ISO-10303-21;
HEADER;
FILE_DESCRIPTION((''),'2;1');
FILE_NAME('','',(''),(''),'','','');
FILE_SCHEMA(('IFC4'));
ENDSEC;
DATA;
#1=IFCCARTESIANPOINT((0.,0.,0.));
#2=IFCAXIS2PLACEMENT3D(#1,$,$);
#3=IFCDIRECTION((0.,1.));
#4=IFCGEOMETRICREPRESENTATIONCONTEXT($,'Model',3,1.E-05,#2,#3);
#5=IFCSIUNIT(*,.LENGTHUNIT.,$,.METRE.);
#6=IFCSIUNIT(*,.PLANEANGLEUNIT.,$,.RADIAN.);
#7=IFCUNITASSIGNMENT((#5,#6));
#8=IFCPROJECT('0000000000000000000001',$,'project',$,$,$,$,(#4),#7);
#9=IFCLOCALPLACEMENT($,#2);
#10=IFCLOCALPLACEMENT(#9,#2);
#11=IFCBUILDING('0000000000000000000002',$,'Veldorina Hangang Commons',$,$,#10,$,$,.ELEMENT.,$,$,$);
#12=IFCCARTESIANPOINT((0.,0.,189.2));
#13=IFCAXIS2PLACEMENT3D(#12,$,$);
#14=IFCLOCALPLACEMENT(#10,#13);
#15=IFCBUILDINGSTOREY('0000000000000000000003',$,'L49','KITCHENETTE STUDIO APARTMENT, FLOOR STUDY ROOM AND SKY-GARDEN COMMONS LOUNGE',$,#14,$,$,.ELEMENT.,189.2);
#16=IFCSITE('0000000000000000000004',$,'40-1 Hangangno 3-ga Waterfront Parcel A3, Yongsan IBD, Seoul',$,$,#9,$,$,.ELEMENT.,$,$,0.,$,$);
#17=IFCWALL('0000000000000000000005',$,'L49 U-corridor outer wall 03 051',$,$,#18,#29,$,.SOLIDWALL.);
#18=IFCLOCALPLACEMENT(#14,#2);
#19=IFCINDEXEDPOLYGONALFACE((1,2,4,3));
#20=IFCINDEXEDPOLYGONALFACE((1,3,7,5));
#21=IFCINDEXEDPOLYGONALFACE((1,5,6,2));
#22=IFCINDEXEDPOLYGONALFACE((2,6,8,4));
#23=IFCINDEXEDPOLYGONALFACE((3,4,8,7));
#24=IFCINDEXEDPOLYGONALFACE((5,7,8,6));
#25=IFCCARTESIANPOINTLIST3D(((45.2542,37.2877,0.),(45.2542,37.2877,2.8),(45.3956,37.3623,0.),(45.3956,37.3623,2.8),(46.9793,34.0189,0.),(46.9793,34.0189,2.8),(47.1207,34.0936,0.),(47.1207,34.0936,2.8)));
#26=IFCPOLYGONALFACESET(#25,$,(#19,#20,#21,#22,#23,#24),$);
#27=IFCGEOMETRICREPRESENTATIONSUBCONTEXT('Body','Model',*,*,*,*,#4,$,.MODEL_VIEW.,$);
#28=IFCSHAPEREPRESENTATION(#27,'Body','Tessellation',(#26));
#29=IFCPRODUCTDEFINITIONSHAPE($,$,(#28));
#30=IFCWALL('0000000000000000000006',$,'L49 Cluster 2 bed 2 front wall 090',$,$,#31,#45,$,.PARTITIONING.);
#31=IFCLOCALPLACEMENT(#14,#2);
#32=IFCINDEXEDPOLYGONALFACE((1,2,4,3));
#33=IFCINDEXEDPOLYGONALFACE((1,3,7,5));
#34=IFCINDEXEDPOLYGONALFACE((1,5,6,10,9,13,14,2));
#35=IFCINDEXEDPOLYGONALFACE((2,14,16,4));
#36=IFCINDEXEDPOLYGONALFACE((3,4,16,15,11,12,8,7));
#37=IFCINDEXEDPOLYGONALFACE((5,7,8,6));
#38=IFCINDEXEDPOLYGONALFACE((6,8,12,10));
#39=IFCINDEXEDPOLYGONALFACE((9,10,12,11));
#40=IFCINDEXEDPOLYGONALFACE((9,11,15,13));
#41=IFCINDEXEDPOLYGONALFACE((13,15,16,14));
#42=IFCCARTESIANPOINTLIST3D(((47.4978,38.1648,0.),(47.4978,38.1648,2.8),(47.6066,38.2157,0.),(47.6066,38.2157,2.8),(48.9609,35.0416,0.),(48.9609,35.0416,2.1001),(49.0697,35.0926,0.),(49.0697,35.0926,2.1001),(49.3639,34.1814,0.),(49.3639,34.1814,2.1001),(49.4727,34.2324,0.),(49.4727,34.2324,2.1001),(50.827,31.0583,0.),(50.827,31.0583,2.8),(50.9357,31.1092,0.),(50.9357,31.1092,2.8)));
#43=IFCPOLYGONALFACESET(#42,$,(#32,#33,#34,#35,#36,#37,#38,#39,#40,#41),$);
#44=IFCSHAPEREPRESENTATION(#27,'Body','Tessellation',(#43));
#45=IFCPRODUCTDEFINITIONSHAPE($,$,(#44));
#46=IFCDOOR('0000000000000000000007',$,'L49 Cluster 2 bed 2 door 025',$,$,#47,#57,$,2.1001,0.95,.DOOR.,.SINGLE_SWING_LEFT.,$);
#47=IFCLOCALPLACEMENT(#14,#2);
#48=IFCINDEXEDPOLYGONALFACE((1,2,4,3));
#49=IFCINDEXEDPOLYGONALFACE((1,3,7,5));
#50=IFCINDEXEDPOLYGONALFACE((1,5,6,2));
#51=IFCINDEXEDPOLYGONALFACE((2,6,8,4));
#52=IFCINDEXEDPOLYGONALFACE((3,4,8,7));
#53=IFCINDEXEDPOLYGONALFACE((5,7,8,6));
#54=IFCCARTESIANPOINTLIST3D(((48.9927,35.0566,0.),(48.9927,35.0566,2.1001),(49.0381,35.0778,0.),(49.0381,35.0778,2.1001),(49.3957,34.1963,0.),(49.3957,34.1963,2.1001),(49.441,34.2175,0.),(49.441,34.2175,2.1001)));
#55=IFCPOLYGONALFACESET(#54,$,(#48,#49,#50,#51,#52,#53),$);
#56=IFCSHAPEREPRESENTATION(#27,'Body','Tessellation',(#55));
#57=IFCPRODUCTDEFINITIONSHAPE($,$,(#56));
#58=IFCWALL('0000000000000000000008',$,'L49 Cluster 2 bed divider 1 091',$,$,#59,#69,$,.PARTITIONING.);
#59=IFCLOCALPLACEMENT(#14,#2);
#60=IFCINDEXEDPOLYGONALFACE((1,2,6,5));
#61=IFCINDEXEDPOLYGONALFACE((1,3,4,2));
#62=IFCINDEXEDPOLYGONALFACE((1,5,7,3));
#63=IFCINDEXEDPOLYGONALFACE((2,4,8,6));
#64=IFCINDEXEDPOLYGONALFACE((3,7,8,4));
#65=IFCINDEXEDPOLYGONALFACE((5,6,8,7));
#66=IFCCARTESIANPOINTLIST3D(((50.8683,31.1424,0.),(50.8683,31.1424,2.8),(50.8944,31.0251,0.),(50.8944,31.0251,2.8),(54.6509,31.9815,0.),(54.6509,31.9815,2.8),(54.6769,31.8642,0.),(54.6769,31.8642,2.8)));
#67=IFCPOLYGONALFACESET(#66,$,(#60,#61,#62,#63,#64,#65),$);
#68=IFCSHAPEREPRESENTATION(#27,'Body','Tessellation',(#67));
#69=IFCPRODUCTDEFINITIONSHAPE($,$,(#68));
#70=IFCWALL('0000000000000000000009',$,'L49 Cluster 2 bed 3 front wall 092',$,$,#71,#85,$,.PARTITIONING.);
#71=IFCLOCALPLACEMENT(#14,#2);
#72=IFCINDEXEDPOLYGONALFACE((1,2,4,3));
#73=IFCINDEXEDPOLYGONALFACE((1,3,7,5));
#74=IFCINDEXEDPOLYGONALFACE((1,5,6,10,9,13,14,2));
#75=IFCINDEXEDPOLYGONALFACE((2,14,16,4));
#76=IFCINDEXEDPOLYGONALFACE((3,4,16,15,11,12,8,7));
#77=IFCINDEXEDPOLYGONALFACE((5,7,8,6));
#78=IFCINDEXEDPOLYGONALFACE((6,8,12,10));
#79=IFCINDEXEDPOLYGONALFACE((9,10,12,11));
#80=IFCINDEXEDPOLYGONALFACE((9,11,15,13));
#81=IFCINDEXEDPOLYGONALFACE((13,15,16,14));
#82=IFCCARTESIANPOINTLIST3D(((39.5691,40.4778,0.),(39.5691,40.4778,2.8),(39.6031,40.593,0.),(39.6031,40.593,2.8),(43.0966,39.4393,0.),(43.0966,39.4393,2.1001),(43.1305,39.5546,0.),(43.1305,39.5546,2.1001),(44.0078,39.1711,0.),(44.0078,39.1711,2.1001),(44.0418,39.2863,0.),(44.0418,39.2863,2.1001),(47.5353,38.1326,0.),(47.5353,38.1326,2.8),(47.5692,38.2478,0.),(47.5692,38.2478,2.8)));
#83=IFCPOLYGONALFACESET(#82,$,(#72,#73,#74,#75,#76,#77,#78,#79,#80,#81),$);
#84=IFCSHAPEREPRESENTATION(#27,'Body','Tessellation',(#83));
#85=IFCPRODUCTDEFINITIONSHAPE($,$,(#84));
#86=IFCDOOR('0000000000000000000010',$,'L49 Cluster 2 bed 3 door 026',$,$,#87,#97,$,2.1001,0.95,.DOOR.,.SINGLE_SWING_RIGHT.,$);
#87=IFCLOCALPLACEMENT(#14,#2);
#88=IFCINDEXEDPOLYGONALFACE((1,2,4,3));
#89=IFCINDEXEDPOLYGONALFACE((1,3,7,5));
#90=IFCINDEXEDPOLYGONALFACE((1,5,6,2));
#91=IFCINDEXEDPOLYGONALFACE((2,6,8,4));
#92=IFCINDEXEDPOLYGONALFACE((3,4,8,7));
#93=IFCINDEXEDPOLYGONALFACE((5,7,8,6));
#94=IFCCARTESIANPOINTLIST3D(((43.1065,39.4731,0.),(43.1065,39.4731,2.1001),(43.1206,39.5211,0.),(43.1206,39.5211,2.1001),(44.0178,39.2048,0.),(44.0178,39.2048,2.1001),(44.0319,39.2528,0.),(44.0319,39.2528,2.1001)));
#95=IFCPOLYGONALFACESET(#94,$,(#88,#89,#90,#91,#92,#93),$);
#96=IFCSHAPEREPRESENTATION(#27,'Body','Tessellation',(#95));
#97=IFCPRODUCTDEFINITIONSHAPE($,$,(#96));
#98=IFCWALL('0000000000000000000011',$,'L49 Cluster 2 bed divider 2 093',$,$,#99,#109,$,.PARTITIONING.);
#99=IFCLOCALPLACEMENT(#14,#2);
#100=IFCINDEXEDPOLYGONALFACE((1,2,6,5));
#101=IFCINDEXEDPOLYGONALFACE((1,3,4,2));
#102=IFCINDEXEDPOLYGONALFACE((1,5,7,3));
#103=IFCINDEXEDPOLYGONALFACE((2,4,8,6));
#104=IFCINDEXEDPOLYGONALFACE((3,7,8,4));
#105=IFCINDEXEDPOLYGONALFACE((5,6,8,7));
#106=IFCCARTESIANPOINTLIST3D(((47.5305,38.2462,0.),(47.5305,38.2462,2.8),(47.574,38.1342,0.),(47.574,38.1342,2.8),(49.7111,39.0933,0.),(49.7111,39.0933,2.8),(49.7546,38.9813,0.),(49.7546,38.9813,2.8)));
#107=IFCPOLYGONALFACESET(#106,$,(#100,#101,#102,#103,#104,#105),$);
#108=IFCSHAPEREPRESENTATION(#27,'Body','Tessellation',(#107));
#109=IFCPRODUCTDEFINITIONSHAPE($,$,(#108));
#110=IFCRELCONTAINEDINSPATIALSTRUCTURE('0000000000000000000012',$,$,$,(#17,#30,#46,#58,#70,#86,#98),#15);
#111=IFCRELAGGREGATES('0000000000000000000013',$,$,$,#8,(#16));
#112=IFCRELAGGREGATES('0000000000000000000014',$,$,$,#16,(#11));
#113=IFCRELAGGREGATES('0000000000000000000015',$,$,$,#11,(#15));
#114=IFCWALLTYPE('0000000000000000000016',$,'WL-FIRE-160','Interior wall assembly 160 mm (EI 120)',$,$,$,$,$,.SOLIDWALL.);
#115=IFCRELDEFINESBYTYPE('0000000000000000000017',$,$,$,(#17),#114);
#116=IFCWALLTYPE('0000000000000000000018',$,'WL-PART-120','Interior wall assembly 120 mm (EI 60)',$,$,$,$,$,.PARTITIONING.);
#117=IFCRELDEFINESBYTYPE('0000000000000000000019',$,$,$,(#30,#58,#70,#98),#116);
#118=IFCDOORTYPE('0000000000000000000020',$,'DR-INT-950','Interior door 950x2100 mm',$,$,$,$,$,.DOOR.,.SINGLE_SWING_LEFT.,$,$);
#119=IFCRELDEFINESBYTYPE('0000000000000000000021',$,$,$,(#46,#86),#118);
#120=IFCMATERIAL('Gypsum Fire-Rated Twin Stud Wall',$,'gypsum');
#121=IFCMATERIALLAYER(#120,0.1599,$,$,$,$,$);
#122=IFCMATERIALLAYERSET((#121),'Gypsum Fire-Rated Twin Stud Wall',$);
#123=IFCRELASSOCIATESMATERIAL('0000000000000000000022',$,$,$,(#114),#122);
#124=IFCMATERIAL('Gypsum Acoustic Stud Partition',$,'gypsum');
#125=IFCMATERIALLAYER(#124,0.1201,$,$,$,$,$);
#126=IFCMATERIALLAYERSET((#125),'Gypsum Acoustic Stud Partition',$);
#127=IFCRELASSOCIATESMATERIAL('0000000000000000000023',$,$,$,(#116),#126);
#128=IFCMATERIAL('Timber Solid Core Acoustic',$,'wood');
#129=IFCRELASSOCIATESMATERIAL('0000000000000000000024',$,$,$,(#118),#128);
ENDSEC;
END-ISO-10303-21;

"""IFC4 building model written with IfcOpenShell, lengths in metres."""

from ifc_helpers import new_model, si_unit, direction, frame, frame_2d, origin, place, context, subcontext, project, spatial, rectangle, extrude, material, layer, layer_set, type_object, element, fill, save


model = new_model("IFC4")

# Units and contexts
model_context = context("Model", 3, precision=1e-05, world=origin(), true_north=direction((0.0, 1.0)))
body_context = subcontext(model_context, "Body", "Model", "MODEL_VIEW")
ifc_project = project(units=[si_unit("LENGTHUNIT", "METRE"), si_unit("PLANEANGLEUNIT", "RADIAN")], contexts=[model_context])

# Site, building, storey
site_placement = place(None, origin())
site = spatial("IfcSite", under=ifc_project, at=site_placement, Name="40-1 Hangangno 3-ga Waterfront Parcel A3, Yongsan IBD, Seoul", CompositionType="ELEMENT", RefElevation=0.0)
building_placement = place(site_placement, origin())
building = spatial("IfcBuilding", under=site, at=building_placement, Name="Veldorina Hangang Commons", CompositionType="ELEMENT")
storey_placement = place(building_placement, frame((0.0, 0.0, 189.2)))
storey = spatial("IfcBuildingStorey", under=building, at=storey_placement, Name="L49", Description="KITCHENETTE STUDIO APARTMENT, FLOOR STUDY ROOM AND SKY-GARDEN COMMONS LOUNGE", CompositionType="ELEMENT", Elevation=189.2)

# Wall
ifc_material_1 = material(Name="Gypsum Fire-Rated Twin Stud Wall", Category="gypsum")
ifc_layer_1 = layer(ifc_material_1, 0.1599)
ifc_layer_set_1 = layer_set([ifc_layer_1], Name="Gypsum Fire-Rated Twin Stud Wall")
wall_type_1 = type_object("IfcWallType", Name="WL-FIRE-160", Description="Interior wall assembly 160 mm (EI 120)", PredefinedType="SOLIDWALL", material=ifc_layer_set_1)
wall_1_placement = place(storey_placement, frame((47.05, 34.0562, 0.0), z_axis=(0.0, 0.0, 1.0), x_axis=(-0.466737, 0.884396, 0.0)))
element("IfcWall", 1, at=wall_1_placement, inside=storey, type_object=wall_type_1, Name="L49 U-corridor outer wall 03 051", PredefinedType="SOLIDWALL", context=body_context, shape_type="SweptSolid", body=[
    extrude(rectangle(XDim=3.696, YDim=0.1599, at=frame_2d((1.8481, 0.0))), origin(), (0.0, 0.0, 1.0), 2.8),
])

# Wall, opening, door
ifc_material_2 = material(Name="Gypsum Acoustic Stud Partition", Category="gypsum")
ifc_layer_2 = layer(ifc_material_2, 0.1201)
ifc_layer_set_2 = layer_set([ifc_layer_2], Name="Gypsum Acoustic Stud Partition")
wall_type_2 = type_object("IfcWallType", Name="WL-PART-120", Description="Interior wall assembly 120 mm (EI 60)", PredefinedType="PARTITIONING", material=ifc_layer_set_2)
wall_2_placement = place(storey_placement, frame((50.8813, 31.0837, 0.0), z_axis=(0.0, 0.0, 1.0), x_axis=(-0.42422, 0.905559, 0.0)))
wall_2 = element("IfcWall", 2, at=wall_2_placement, inside=storey, type_object=wall_type_2, Name="L49 Cluster 2 bed 2 front wall 090", PredefinedType="PARTITIONING", context=body_context, shape_type="SweptSolid", body=[
    extrude(rectangle(XDim=7.8477, YDim=0.1201, at=frame_2d((3.9238, 0.0))), origin(), (0.0, 0.0, 1.0), 2.8),
])
opening_1_placement = place(wall_2_placement, frame((3.4487, 0.0, 0.0)))
opening_1 = element("IfcOpeningElement", 3, at=opening_1_placement, cuts=wall_2, PredefinedType="OPENING", context=body_context, shape_type="SweptSolid", body=[
    extrude(rectangle(XDim=0.95, YDim=2.1001, at=frame_2d((0.4751, 1.05))), frame((0.0, 0.0701, 0.0), z_axis=(0.0, -1.0, 0.0), x_axis=(1.0, 0.0, 0.0)), (0.0, 0.0, 1.0), 0.1401),
])
ifc_material_3 = material(Name="Timber Solid Core Acoustic", Category="wood")
door_type = type_object("IfcDoorType", Name="DR-INT-950", Description="Interior door 950x2100 mm", OperationType="SINGLE_SWING_LEFT", PredefinedType="DOOR", material=ifc_material_3)
door_1_placement = place(opening_1_placement, origin())
door_1 = element("IfcDoor", 4, at=door_1_placement, inside=storey, type_object=door_type, Name="L49 Cluster 2 bed 2 door 025", OperationType="SINGLE_SWING_LEFT", OverallHeight=2.1001, OverallWidth=0.95, PredefinedType="DOOR", context=body_context, shape_type="SweptSolid", body=[
    extrude(rectangle(XDim=0.95, YDim=2.1001, at=frame_2d((0.4751, 1.05))), frame((0.0, 0.0249, 0.0), z_axis=(0.0, -1.0, 0.0), x_axis=(1.0, 0.0, 0.0)), (0.0, 0.0, 1.0), 0.05),
])
fill(opening_1, door_1)

# Wall
wall_3_placement = place(storey_placement, frame((50.8813, 31.0837, 0.0), z_axis=(0.0, 0.0, 1.0), x_axis=(0.976266, 0.216577, 0.0)))
element("IfcWall", 5, at=wall_3_placement, inside=storey, type_object=wall_type_2, Name="L49 Cluster 2 bed divider 1 091", PredefinedType="PARTITIONING", context=body_context, shape_type="SweptSolid", body=[
    extrude(rectangle(XDim=3.8745, YDim=0.1201, at=frame_2d((1.9373, 0.0))), origin(), (0.0, 0.0, 1.0), 2.8),
])

# Wall, opening, door
wall_4_placement = place(storey_placement, frame((47.5522, 38.1902, 0.0), z_axis=(0.0, 0.0, 1.0), x_axis=(-0.959292, 0.282416, 0.0)))
wall_4 = element("IfcWall", 6, at=wall_4_placement, inside=storey, type_object=wall_type_2, Name="L49 Cluster 2 bed 3 front wall 092", PredefinedType="PARTITIONING", context=body_context, shape_type="SweptSolid", body=[
    extrude(rectangle(XDim=8.3042, YDim=0.1201, at=frame_2d((4.1521, 0.0))), origin(), (0.0, 0.0, 1.0), 2.8),
])
opening_2_placement = place(wall_4_placement, frame((3.677, 0.0, 0.0)))
opening_2 = element("IfcOpeningElement", 7, at=opening_2_placement, cuts=wall_4, PredefinedType="OPENING", context=body_context, shape_type="SweptSolid", body=[
    extrude(rectangle(XDim=0.95, YDim=2.1001, at=frame_2d((0.4751, 1.05))), frame((0.0, 0.0701, 0.0), z_axis=(0.0, -1.0, 0.0), x_axis=(1.0, 0.0, 0.0)), (0.0, 0.0, 1.0), 0.1401),
])
door_2_placement = place(opening_2_placement, origin())
door_2 = element("IfcDoor", 8, at=door_2_placement, inside=storey, type_object=door_type, Name="L49 Cluster 2 bed 3 door 026", OperationType="SINGLE_SWING_RIGHT", OverallHeight=2.1001, OverallWidth=0.95, PredefinedType="DOOR", context=body_context, shape_type="SweptSolid", body=[
    extrude(rectangle(XDim=0.95, YDim=2.1001, at=frame_2d((0.4751, 1.05))), frame((0.0, 0.0249, 0.0), z_axis=(0.0, -1.0, 0.0), x_axis=(1.0, 0.0, 0.0)), (0.0, 0.0, 1.0), 0.05),
])
fill(opening_2, door_2)

# Wall
wall_5_placement = place(storey_placement, frame((47.5522, 38.1902, 0.0), z_axis=(0.0, 0.0, 1.0), x_axis=(0.93213, 0.362124, 0.0)))
element("IfcWall", 9, at=wall_5_placement, inside=storey, type_object=wall_type_2, Name="L49 Cluster 2 bed divider 2 093", PredefinedType="PARTITIONING", context=body_context, shape_type="SweptSolid", body=[
    extrude(rectangle(XDim=2.3394, YDim=0.1201, at=frame_2d((1.1697, 0.0))), origin(), (0.0, 0.0, 1.0), 2.8),
])

save(model, "model.ifc")
